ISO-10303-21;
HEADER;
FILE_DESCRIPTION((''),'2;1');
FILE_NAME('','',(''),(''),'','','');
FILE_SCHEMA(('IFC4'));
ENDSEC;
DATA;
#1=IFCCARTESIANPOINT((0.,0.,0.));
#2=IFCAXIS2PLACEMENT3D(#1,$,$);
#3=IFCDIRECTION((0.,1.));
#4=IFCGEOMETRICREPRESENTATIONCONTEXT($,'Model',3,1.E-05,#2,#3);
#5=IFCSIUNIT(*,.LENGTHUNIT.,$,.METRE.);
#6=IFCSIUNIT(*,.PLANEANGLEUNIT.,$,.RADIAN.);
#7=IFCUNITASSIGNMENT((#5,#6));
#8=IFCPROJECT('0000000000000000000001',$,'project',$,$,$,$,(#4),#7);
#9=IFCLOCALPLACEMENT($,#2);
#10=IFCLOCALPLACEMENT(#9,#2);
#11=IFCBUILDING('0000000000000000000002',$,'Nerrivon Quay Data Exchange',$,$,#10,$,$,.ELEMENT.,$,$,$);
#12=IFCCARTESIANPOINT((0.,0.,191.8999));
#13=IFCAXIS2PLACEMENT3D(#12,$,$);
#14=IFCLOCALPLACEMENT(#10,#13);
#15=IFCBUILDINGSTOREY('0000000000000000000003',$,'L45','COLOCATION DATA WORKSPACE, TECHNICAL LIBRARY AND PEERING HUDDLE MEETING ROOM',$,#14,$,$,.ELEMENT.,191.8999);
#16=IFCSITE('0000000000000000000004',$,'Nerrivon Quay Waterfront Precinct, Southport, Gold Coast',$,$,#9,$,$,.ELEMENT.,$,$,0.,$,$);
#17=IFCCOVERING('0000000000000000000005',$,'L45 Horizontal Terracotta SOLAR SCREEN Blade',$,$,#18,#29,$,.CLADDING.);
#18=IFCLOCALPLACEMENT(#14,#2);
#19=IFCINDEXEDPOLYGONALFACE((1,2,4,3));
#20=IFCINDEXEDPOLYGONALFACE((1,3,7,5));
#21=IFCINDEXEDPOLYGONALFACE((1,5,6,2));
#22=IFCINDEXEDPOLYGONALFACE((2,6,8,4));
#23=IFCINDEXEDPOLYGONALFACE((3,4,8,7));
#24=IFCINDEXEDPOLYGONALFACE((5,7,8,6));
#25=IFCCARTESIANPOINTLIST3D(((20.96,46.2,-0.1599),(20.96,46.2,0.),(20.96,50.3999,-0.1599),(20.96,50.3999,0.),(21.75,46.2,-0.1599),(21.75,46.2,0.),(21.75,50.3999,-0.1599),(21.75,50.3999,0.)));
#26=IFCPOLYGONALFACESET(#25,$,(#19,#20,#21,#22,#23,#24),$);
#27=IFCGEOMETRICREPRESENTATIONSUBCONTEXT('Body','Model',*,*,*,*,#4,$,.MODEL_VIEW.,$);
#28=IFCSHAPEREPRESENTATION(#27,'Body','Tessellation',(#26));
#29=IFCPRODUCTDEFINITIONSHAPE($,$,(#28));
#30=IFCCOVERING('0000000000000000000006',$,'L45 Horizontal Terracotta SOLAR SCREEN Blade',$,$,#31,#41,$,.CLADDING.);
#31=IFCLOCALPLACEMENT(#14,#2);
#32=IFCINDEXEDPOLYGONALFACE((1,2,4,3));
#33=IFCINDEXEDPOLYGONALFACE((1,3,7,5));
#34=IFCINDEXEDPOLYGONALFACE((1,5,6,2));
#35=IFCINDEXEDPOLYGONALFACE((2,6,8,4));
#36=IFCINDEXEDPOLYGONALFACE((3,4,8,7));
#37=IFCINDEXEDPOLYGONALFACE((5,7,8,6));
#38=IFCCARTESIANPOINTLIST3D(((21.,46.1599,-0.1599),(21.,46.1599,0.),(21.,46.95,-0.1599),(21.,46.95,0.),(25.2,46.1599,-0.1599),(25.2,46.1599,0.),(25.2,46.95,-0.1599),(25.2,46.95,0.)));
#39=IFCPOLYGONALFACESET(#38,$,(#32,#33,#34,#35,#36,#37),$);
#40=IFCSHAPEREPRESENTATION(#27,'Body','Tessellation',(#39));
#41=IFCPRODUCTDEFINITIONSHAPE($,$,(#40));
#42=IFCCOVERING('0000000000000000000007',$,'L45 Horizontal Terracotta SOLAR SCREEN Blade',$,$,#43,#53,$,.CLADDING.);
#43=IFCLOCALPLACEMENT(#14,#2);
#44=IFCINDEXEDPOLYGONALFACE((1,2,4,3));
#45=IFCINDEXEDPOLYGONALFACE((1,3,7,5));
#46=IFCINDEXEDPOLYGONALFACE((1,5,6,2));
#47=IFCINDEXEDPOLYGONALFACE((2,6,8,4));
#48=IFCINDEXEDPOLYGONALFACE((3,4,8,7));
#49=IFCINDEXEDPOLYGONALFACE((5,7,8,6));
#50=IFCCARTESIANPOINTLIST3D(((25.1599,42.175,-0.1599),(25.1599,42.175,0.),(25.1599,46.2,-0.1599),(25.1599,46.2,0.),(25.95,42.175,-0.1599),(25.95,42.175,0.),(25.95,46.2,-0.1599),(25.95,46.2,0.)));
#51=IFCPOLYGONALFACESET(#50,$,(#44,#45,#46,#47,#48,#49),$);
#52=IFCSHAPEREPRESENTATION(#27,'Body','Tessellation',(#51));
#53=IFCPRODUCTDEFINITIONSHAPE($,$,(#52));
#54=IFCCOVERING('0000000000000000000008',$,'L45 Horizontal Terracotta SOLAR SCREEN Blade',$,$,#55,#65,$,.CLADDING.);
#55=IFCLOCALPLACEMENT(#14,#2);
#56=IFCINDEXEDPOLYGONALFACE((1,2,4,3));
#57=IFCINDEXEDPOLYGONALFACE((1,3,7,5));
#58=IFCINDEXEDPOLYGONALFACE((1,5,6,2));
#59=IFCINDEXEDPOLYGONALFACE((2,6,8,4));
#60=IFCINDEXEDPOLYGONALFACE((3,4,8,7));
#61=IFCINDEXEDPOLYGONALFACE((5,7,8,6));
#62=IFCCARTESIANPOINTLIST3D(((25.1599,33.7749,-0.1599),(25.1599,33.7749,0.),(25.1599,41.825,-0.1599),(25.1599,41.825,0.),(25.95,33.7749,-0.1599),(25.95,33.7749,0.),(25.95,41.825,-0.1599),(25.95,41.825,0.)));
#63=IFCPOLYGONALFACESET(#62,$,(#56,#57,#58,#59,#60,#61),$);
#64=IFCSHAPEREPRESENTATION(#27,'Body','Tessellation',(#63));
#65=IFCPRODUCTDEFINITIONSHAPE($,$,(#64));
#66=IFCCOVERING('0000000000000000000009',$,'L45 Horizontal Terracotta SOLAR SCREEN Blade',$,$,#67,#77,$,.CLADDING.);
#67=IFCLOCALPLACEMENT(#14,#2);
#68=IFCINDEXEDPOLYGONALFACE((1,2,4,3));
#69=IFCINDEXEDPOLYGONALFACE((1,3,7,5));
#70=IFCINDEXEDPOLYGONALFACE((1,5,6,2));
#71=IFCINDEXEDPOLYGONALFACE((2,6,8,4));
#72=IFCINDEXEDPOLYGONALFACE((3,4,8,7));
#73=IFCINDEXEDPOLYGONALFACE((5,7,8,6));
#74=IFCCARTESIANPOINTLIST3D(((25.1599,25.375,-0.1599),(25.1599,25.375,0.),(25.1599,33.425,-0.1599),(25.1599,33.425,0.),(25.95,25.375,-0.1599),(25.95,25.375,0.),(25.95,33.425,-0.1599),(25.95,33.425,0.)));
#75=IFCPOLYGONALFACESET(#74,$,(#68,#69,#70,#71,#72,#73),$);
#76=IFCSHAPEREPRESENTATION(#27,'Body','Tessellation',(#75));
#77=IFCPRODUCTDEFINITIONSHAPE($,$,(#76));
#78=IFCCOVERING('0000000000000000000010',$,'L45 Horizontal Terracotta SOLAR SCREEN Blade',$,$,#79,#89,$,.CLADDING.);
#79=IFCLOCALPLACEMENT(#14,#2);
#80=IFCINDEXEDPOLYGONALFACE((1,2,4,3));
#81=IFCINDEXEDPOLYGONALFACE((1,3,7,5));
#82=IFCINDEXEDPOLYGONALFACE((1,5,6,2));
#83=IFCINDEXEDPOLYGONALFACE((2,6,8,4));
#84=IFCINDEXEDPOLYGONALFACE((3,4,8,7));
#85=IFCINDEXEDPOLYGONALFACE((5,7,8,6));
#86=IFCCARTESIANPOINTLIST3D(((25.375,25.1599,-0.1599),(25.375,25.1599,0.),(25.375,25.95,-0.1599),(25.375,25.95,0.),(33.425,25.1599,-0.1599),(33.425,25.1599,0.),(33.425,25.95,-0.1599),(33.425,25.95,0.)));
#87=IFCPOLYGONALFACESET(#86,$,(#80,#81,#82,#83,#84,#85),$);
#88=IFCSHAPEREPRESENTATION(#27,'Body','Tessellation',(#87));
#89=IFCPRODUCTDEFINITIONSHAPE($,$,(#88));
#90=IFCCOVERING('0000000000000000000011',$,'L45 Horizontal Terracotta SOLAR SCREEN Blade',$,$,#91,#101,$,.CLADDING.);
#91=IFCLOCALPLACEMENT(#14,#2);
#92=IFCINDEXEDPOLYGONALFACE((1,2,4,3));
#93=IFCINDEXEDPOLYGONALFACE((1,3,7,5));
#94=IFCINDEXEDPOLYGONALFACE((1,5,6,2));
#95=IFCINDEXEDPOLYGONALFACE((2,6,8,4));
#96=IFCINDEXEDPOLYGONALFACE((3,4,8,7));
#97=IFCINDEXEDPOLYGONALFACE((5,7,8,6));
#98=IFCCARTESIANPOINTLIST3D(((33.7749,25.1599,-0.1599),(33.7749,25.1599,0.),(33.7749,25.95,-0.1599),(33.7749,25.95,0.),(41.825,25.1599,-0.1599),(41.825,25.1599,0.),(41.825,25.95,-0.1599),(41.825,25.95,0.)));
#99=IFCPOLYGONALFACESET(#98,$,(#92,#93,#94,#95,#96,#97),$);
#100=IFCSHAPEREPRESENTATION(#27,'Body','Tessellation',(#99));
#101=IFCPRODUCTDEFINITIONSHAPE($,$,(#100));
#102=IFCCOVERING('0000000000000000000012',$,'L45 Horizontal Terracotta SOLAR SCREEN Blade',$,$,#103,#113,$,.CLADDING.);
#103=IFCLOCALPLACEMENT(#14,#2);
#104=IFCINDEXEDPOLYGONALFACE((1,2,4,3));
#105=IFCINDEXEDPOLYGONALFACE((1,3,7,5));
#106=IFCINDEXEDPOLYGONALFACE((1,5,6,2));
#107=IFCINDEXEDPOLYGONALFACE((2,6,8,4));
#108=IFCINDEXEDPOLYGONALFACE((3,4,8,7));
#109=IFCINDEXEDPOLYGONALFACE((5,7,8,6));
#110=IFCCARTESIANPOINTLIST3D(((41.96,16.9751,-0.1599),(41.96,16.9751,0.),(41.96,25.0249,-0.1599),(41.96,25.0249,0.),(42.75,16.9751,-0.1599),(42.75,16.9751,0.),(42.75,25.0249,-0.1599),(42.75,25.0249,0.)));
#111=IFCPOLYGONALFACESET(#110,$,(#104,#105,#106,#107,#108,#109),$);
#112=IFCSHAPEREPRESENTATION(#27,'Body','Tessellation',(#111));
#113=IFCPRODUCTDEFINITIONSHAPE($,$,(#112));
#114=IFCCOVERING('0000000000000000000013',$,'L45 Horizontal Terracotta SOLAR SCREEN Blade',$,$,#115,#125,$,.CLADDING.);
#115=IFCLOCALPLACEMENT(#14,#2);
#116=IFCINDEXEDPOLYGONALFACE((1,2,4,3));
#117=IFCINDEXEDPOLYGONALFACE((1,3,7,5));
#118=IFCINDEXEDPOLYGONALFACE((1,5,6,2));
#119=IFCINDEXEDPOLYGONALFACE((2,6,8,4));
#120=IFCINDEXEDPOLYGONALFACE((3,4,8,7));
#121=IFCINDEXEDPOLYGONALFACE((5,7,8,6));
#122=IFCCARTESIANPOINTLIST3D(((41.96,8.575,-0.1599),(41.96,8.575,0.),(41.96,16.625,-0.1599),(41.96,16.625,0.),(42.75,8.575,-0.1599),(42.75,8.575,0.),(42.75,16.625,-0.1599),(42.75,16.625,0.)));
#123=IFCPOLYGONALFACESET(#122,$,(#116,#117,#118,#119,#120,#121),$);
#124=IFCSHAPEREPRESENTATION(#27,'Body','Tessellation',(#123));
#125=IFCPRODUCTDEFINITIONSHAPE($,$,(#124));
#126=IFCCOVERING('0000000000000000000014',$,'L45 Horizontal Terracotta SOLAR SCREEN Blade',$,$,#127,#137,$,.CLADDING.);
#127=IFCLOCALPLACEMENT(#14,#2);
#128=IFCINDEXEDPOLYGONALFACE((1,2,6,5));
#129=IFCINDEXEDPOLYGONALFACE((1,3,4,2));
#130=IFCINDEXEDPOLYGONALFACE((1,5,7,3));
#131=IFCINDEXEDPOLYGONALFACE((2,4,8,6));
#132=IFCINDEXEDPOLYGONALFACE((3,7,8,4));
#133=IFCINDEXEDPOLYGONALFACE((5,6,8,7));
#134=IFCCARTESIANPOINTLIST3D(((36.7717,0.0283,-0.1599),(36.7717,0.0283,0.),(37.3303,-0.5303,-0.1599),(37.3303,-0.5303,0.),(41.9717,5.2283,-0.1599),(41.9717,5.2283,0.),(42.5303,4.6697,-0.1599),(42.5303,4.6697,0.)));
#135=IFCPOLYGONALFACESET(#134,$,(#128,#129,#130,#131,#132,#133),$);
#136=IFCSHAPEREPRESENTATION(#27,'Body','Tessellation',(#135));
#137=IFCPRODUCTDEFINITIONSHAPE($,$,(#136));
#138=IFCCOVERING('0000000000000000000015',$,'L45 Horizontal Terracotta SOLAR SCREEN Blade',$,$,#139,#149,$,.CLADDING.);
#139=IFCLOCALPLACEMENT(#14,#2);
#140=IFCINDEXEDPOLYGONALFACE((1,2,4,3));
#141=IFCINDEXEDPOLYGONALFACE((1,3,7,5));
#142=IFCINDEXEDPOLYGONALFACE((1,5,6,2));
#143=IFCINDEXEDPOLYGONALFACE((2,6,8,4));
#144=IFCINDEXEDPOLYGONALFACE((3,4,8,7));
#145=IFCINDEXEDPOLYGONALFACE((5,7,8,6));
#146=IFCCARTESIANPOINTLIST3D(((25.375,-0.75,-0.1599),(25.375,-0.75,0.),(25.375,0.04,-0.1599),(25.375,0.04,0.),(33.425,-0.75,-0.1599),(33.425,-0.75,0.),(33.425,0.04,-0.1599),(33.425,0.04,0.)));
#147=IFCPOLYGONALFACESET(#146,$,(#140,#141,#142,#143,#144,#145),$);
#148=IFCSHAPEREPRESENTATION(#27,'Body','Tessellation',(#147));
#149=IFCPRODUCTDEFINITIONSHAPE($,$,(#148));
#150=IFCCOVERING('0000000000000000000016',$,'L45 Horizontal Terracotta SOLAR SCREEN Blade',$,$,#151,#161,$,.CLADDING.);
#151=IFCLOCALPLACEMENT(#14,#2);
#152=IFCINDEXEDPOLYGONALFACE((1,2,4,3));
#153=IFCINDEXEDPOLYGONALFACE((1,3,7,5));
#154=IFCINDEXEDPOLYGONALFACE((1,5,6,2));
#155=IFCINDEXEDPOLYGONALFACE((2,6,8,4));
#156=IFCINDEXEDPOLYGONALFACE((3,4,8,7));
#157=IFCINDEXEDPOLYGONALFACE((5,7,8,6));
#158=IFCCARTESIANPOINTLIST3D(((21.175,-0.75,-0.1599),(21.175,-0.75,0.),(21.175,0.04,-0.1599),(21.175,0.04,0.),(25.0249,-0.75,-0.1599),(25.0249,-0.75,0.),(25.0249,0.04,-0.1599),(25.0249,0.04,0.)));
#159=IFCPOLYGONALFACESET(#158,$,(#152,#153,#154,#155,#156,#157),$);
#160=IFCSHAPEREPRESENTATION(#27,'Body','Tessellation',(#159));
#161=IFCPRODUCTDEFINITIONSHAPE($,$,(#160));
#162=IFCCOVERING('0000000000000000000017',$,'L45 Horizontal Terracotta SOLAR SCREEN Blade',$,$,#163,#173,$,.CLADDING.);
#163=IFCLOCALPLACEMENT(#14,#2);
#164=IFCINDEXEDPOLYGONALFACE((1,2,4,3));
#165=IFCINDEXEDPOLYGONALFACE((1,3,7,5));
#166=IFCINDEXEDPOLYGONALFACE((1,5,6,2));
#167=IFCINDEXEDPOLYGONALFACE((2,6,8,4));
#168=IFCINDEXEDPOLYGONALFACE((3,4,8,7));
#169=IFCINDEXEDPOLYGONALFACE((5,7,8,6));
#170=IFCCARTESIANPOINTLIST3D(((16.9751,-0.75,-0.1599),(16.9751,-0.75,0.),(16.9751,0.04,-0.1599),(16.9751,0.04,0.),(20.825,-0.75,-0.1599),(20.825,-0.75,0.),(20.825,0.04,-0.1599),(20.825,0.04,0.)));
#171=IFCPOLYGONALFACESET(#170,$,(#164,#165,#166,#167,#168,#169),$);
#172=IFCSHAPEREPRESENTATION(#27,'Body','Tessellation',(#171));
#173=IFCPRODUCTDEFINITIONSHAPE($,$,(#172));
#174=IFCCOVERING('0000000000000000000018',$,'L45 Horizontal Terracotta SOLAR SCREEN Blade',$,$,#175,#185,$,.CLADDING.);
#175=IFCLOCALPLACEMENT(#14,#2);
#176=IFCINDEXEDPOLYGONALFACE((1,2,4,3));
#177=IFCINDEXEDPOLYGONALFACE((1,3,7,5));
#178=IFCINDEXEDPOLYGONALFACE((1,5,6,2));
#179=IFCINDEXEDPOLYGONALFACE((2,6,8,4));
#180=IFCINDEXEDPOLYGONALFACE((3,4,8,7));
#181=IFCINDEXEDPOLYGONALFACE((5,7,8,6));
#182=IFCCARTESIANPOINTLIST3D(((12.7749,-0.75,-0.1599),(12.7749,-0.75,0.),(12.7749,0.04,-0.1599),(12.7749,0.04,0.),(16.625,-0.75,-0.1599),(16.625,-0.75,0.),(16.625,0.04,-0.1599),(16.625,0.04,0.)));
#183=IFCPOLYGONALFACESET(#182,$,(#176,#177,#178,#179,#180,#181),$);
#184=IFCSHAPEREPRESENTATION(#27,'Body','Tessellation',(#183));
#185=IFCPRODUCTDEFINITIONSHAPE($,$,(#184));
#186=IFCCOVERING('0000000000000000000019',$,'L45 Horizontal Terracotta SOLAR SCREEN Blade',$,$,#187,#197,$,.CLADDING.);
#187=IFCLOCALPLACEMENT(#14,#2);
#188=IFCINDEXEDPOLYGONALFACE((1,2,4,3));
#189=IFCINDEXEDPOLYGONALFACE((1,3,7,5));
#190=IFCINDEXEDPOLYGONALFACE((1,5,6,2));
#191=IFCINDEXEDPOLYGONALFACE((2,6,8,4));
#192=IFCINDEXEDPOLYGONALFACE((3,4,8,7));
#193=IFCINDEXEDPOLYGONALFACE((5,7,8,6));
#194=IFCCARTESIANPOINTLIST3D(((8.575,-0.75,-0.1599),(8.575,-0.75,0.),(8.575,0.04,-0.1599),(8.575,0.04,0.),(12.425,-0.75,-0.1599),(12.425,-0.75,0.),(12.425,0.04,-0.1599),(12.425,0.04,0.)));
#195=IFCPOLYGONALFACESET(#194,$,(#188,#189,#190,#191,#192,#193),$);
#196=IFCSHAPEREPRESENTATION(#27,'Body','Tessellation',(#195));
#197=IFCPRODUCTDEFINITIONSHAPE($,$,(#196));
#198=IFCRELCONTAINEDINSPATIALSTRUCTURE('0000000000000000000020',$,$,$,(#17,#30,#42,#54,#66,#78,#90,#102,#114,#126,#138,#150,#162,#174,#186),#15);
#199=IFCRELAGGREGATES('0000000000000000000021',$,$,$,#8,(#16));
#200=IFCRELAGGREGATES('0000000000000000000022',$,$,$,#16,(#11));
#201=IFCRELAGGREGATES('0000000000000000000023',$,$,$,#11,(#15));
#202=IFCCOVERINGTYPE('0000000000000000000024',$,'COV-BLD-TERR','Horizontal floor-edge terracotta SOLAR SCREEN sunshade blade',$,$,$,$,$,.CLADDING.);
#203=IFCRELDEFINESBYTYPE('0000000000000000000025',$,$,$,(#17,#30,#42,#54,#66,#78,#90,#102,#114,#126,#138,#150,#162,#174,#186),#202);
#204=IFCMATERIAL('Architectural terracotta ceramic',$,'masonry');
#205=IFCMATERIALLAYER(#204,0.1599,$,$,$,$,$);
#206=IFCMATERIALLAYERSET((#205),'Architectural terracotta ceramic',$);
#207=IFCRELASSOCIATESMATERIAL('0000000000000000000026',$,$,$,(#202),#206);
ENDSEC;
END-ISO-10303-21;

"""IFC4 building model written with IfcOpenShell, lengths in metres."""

from ifc_helpers import new_model, si_unit, direction, frame, origin, place, context, subcontext, project, spatial, polyline, outline, extrude, material, layer, layer_set, type_object, element, save


model = new_model("IFC4")

# Units and contexts
model_context = context("Model", 3, precision=1e-05, world=origin(), true_north=direction((0.0, 1.0)))
body_context = subcontext(model_context, "Body", "Model", "MODEL_VIEW")
ifc_project = project(units=[si_unit("LENGTHUNIT", "METRE"), si_unit("PLANEANGLEUNIT", "RADIAN")], contexts=[model_context])

# Site, building, storey
site_placement = place(None, origin())
site = spatial("IfcSite", under=ifc_project, at=site_placement, Name="Nerrivon Quay Waterfront Precinct, Southport, Gold Coast", CompositionType="ELEMENT", RefElevation=0.0)
building_placement = place(site_placement, origin())
building = spatial("IfcBuilding", under=site, at=building_placement, Name="Nerrivon Quay Data Exchange", CompositionType="ELEMENT")
storey_placement = place(building_placement, frame((0.0, 0.0, 191.8999)))
storey = spatial("IfcBuildingStorey", under=building, at=storey_placement, Name="L45", Description="COLOCATION DATA WORKSPACE, TECHNICAL LIBRARY AND PEERING HUDDLE MEETING ROOM", CompositionType="ELEMENT", Elevation=191.8999)

# Coverings
ifc_material_1 = material(Name="Architectural terracotta ceramic", Category="masonry")
ifc_layer_1 = layer(ifc_material_1, 0.1599)
ifc_layer_set_1 = layer_set([ifc_layer_1], Name="Architectural terracotta ceramic")
covering_type = type_object("IfcCoveringType", Name="COV-BLD-TERR", Description="Horizontal floor-edge terracotta SOLAR SCREEN sunshade blade", PredefinedType="CLADDING", material=ifc_layer_set_1)
covering_1_placement = place(storey_placement, frame((0.0, 0.0, -0.1599)))
element("IfcCovering", 1, at=covering_1_placement, inside=storey, type_object=covering_type, Name="L45 Horizontal Terracotta SOLAR SCREEN Blade", PredefinedType="CLADDING", context=body_context, shape_type="SweptSolid", body=[
    extrude(outline(polyline([(20.96, 50.3999), (20.96, 46.2), (21.75, 46.2), (21.75, 50.3999), (20.96, 50.3999)])), origin(), (0.0, 0.0, 1.0), 0.1599),
])
covering_2_placement = place(storey_placement, frame((0.0, 0.0, -0.1599)))
element("IfcCovering", 2, at=covering_2_placement, inside=storey, type_object=covering_type, Name="L45 Horizontal Terracotta SOLAR SCREEN Blade", PredefinedType="CLADDING", context=body_context, shape_type="SweptSolid", body=[
    extrude(outline(polyline([(21.0, 46.1599), (25.2, 46.1599), (25.2, 46.95), (21.0, 46.95), (21.0, 46.1599)])), origin(), (0.0, 0.0, 1.0), 0.1599),
])
covering_3_placement = place(storey_placement, frame((0.0, 0.0, -0.1599)))
element("IfcCovering", 3, at=covering_3_placement, inside=storey, type_object=covering_type, Name="L45 Horizontal Terracotta SOLAR SCREEN Blade", PredefinedType="CLADDING", context=body_context, shape_type="SweptSolid", body=[
    extrude(outline(polyline([(25.1599, 46.2), (25.1599, 42.175), (25.95, 42.175), (25.95, 46.2), (25.1599, 46.2)])), origin(), (0.0, 0.0, 1.0), 0.1599),
])
covering_4_placement = place(storey_placement, frame((0.0, 0.0, -0.1599)))
element("IfcCovering", 4, at=covering_4_placement, inside=storey, type_object=covering_type, Name="L45 Horizontal Terracotta SOLAR SCREEN Blade", PredefinedType="CLADDING", context=body_context, shape_type="SweptSolid", body=[
    extrude(outline(polyline([(25.1599, 41.825), (25.1599, 33.7749), (25.95, 33.7749), (25.95, 41.825), (25.1599, 41.825)])), origin(), (0.0, 0.0, 1.0), 0.1599),
])
covering_5_placement = place(storey_placement, frame((0.0, 0.0, -0.1599)))
element("IfcCovering", 5, at=covering_5_placement, inside=storey, type_object=covering_type, Name="L45 Horizontal Terracotta SOLAR SCREEN Blade", PredefinedType="CLADDING", context=body_context, shape_type="SweptSolid", body=[
    extrude(outline(polyline([(25.1599, 33.425), (25.1599, 25.375), (25.95, 25.375), (25.95, 33.425), (25.1599, 33.425)])), origin(), (0.0, 0.0, 1.0), 0.1599),
])
covering_6_placement = place(storey_placement, frame((0.0, 0.0, -0.1599)))
element("IfcCovering", 6, at=covering_6_placement, inside=storey, type_object=covering_type, Name="L45 Horizontal Terracotta SOLAR SCREEN Blade", PredefinedType="CLADDING", context=body_context, shape_type="SweptSolid", body=[
    extrude(outline(polyline([(25.375, 25.1599), (33.425, 25.1599), (33.425, 25.95), (25.375, 25.95), (25.375, 25.1599)])), origin(), (0.0, 0.0, 1.0), 0.1599),
])
covering_7_placement = place(storey_placement, frame((0.0, 0.0, -0.1599)))
element("IfcCovering", 7, at=covering_7_placement, inside=storey, type_object=covering_type, Name="L45 Horizontal Terracotta SOLAR SCREEN Blade", PredefinedType="CLADDING", context=body_context, shape_type="SweptSolid", body=[
    extrude(outline(polyline([(33.7749, 25.1599), (41.825, 25.1599), (41.825, 25.95), (33.7749, 25.95), (33.7749, 25.1599)])), origin(), (0.0, 0.0, 1.0), 0.1599),
])
covering_8_placement = place(storey_placement, frame((0.0, 0.0, -0.1599)))
element("IfcCovering", 8, at=covering_8_placement, inside=storey, type_object=covering_type, Name="L45 Horizontal Terracotta SOLAR SCREEN Blade", PredefinedType="CLADDING", context=body_context, shape_type="SweptSolid", body=[
    extrude(outline(polyline([(41.96, 25.0249), (41.96, 16.9751), (42.75, 16.9751), (42.75, 25.0249), (41.96, 25.0249)])), origin(), (0.0, 0.0, 1.0), 0.1599),
])
covering_9_placement = place(storey_placement, frame((0.0, 0.0, -0.1599)))
element("IfcCovering", 9, at=covering_9_placement, inside=storey, type_object=covering_type, Name="L45 Horizontal Terracotta SOLAR SCREEN Blade", PredefinedType="CLADDING", context=body_context, shape_type="SweptSolid", body=[
    extrude(outline(polyline([(41.96, 16.625), (41.96, 8.575), (42.75, 8.575), (42.75, 16.625), (41.96, 16.625)])), origin(), (0.0, 0.0, 1.0), 0.1599),
])
covering_10_placement = place(storey_placement, frame((0.0, 0.0, -0.1599)))
element("IfcCovering", 10, at=covering_10_placement, inside=storey, type_object=covering_type, Name="L45 Horizontal Terracotta SOLAR SCREEN Blade", PredefinedType="CLADDING", context=body_context, shape_type="SweptSolid", body=[
    extrude(outline(polyline([(41.9717, 5.2283), (36.7717, 0.0283), (37.3303, -0.5303), (42.5303, 4.6697), (41.9717, 5.2283)])), origin(), (0.0, 0.0, 1.0), 0.1599),
])
covering_11_placement = place(storey_placement, frame((0.0, 0.0, -0.1599)))
element("IfcCovering", 11, at=covering_11_placement, inside=storey, type_object=covering_type, Name="L45 Horizontal Terracotta SOLAR SCREEN Blade", PredefinedType="CLADDING", context=body_context, shape_type="SweptSolid", body=[
    extrude(outline(polyline([(33.425, 0.04), (25.375, 0.04), (25.375, -0.75), (33.425, -0.75), (33.425, 0.04)])), origin(), (0.0, 0.0, 1.0), 0.1599),
])
covering_12_placement = place(storey_placement, frame((0.0, 0.0, -0.1599)))
element("IfcCovering", 12, at=covering_12_placement, inside=storey, type_object=covering_type, Name="L45 Horizontal Terracotta SOLAR SCREEN Blade", PredefinedType="CLADDING", context=body_context, shape_type="SweptSolid", body=[
    extrude(outline(polyline([(25.0249, 0.04), (21.175, 0.04), (21.175, -0.75), (25.0249, -0.75), (25.0249, 0.04)])), origin(), (0.0, 0.0, 1.0), 0.1599),
])
covering_13_placement = place(storey_placement, frame((0.0, 0.0, -0.1599)))
element("IfcCovering", 13, at=covering_13_placement, inside=storey, type_object=covering_type, Name="L45 Horizontal Terracotta SOLAR SCREEN Blade", PredefinedType="CLADDING", context=body_context, shape_type="SweptSolid", body=[
    extrude(outline(polyline([(20.825, 0.04), (16.9751, 0.04), (16.9751, -0.75), (20.825, -0.75), (20.825, 0.04)])), origin(), (0.0, 0.0, 1.0), 0.1599),
])
covering_14_placement = place(storey_placement, frame((0.0, 0.0, -0.1599)))
element("IfcCovering", 14, at=covering_14_placement, inside=storey, type_object=covering_type, Name="L45 Horizontal Terracotta SOLAR SCREEN Blade", PredefinedType="CLADDING", context=body_context, shape_type="SweptSolid", body=[
    extrude(outline(polyline([(16.625, 0.04), (12.7749, 0.04), (12.7749, -0.75), (16.625, -0.75), (16.625, 0.04)])), origin(), (0.0, 0.0, 1.0), 0.1599),
])
covering_15_placement = place(storey_placement, frame((0.0, 0.0, -0.1599)))
element("IfcCovering", 15, at=covering_15_placement, inside=storey, type_object=covering_type, Name="L45 Horizontal Terracotta SOLAR SCREEN Blade", PredefinedType="CLADDING", context=body_context, shape_type="SweptSolid", body=[
    extrude(outline(polyline([(12.425, 0.04), (8.575, 0.04), (8.575, -0.75), (12.425, -0.75), (12.425, 0.04)])), origin(), (0.0, 0.0, 1.0), 0.1599),
])

save(model, "model.ifc")
